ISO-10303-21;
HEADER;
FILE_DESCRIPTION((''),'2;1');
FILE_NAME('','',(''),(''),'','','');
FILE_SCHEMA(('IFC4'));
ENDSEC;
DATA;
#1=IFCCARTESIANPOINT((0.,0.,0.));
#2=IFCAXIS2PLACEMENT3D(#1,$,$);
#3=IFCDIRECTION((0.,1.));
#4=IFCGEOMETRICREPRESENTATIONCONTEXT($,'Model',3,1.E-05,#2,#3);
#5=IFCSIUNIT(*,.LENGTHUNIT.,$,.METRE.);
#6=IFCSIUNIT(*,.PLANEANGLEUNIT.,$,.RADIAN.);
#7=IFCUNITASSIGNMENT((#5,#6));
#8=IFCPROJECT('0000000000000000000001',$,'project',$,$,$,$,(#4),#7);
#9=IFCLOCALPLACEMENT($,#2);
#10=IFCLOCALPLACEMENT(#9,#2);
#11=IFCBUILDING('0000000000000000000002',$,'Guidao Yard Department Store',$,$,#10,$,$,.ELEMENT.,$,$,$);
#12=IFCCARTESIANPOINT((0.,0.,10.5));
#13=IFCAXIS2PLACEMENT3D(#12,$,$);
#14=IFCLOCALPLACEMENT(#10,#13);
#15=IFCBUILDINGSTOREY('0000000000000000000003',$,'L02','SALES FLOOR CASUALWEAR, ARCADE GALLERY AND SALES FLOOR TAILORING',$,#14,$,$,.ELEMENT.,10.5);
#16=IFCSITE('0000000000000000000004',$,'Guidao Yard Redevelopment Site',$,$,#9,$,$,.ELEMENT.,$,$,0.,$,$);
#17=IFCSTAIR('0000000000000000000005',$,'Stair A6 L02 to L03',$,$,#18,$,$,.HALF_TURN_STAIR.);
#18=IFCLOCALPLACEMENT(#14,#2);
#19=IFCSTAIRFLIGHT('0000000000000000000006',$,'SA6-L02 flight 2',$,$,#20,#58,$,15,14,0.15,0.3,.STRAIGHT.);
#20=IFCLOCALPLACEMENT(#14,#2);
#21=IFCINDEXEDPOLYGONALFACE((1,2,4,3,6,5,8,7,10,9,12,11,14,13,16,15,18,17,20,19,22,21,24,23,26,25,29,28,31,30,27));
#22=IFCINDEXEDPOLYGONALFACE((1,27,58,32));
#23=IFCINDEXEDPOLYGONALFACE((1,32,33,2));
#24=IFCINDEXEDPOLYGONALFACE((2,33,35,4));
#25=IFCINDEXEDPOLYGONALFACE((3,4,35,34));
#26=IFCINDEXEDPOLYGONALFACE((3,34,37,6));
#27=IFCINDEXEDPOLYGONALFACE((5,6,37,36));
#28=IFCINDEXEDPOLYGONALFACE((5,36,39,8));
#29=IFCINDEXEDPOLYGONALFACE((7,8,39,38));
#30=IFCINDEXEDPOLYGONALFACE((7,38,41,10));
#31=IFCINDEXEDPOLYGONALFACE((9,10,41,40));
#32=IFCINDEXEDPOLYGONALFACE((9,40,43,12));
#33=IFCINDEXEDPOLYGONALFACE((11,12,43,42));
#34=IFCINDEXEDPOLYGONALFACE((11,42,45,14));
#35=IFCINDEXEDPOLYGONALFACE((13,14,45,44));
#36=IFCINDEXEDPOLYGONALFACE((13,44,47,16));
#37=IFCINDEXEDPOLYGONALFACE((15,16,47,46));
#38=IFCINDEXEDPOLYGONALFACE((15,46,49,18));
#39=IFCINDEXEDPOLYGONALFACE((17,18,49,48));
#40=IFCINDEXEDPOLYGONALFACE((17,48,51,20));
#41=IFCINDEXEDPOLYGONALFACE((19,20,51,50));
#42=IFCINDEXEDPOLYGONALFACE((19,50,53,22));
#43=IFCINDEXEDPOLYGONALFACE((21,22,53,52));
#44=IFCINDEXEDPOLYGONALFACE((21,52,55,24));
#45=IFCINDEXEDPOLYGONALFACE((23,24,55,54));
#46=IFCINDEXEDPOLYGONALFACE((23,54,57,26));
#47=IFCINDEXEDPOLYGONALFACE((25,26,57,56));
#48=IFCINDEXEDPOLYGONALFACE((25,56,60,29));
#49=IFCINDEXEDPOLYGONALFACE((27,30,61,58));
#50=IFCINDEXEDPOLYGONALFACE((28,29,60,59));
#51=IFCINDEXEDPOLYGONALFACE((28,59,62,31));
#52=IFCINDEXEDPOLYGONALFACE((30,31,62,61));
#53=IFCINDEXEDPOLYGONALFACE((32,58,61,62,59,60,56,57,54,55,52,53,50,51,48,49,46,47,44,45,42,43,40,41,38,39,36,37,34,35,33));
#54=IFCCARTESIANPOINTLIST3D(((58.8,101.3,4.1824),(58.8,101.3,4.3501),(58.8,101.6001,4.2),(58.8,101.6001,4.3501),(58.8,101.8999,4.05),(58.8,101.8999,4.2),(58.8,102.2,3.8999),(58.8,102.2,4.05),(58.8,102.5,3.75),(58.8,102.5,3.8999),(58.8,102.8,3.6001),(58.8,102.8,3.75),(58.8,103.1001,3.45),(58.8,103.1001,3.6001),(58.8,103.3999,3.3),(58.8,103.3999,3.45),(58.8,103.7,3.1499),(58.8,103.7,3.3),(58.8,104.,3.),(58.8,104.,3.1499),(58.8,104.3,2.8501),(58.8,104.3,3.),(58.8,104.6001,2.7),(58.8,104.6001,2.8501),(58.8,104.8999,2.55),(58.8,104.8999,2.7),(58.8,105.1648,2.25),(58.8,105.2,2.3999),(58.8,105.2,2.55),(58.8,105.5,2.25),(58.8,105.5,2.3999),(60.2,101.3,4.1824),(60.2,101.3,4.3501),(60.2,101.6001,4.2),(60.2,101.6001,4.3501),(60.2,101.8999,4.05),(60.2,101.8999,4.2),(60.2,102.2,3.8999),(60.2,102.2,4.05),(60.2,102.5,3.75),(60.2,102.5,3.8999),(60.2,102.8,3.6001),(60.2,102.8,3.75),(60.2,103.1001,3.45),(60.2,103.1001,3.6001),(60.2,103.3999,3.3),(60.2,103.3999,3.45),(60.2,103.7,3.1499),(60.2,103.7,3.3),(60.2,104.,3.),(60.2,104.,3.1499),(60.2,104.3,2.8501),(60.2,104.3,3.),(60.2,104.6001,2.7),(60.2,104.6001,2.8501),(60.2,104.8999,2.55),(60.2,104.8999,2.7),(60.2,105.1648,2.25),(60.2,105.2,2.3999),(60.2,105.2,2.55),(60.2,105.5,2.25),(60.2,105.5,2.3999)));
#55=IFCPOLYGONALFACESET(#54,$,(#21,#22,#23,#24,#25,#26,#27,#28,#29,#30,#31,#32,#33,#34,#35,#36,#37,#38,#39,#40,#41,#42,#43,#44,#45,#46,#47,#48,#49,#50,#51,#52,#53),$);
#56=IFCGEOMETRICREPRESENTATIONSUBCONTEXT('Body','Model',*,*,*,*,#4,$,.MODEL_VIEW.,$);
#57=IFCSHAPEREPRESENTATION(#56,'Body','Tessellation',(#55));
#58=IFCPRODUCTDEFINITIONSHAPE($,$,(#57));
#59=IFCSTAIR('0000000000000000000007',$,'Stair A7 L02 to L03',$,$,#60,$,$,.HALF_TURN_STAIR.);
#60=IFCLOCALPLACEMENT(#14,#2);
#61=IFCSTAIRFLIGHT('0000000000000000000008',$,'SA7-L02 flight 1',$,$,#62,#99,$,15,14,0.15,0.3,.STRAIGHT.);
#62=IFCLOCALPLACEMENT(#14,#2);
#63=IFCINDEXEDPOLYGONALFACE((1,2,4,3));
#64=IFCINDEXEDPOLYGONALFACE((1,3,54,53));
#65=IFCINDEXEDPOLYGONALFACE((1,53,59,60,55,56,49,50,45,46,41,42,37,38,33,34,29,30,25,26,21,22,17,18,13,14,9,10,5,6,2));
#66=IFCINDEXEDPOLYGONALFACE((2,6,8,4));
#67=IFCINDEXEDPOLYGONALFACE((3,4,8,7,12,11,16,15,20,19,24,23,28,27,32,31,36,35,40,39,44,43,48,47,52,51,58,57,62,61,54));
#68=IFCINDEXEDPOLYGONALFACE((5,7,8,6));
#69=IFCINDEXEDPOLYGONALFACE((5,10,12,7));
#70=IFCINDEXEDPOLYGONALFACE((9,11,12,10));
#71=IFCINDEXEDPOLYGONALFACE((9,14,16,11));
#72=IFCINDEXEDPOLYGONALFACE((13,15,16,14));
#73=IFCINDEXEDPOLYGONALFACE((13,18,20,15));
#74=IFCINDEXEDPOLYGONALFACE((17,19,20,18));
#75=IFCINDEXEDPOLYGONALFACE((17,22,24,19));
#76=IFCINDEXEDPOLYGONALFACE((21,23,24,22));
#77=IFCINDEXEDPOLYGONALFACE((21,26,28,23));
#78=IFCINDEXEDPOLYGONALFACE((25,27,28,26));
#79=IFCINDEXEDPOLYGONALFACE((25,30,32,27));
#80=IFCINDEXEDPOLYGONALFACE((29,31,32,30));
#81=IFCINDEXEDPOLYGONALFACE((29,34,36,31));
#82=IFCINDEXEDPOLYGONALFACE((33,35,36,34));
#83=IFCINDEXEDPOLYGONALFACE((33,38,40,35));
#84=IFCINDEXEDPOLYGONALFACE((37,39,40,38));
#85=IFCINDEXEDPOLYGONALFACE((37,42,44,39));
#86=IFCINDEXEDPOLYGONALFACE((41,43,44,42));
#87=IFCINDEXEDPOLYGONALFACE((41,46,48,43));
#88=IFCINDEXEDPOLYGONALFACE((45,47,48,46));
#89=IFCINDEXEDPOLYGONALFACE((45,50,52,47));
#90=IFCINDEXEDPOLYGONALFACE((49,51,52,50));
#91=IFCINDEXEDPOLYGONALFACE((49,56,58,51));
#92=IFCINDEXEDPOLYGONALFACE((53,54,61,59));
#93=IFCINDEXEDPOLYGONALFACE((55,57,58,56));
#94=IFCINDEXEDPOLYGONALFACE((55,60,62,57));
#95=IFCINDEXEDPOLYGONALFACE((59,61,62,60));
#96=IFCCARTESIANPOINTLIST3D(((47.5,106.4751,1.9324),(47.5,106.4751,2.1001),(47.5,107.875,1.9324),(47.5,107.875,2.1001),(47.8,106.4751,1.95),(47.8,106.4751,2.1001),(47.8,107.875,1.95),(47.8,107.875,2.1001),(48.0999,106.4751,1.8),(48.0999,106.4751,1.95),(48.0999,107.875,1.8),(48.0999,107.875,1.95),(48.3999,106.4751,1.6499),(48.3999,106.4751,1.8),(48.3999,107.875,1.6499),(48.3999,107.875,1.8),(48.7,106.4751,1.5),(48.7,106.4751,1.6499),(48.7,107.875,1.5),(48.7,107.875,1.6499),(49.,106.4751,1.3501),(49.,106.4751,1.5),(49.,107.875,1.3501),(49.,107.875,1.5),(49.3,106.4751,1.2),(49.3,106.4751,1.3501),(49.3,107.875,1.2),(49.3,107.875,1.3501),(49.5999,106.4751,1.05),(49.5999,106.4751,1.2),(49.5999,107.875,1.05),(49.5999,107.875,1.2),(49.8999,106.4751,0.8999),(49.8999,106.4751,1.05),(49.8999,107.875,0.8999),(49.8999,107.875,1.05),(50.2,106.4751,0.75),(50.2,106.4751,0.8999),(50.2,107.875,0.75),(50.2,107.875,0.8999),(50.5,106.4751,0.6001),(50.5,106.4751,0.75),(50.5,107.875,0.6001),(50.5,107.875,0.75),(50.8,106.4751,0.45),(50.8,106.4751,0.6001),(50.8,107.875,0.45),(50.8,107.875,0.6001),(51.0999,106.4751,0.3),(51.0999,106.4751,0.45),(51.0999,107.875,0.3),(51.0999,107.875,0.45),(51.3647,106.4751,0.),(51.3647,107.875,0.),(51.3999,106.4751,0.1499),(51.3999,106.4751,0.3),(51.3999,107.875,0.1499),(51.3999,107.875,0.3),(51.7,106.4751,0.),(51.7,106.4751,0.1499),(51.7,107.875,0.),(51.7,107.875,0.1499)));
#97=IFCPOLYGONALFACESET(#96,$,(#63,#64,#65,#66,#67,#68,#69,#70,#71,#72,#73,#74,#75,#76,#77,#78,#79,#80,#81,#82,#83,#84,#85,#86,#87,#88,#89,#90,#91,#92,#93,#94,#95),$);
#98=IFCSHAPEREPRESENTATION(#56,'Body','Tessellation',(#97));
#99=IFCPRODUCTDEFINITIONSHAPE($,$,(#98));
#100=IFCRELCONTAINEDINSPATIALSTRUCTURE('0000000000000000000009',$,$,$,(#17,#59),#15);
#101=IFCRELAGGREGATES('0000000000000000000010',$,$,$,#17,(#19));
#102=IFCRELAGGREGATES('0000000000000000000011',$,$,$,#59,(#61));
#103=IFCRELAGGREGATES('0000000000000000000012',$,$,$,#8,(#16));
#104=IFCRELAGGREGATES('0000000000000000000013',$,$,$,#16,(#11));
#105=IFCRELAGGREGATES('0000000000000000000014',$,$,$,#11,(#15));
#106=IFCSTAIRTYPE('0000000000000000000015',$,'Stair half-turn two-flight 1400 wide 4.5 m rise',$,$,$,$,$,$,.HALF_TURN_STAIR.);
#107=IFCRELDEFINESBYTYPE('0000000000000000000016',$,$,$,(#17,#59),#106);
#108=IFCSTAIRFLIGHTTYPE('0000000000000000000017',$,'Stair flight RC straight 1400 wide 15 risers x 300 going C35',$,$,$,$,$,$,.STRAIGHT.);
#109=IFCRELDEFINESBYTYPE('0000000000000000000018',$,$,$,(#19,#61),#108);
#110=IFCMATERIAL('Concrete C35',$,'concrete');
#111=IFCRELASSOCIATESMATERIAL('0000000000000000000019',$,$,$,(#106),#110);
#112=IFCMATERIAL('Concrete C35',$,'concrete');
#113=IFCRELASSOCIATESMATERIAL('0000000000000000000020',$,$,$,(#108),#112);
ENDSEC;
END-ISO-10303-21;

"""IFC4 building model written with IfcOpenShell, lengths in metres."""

from ifc_helpers import new_model, si_unit, direction, frame, origin, place, context, subcontext, project, spatial, polyline, outline, extrude, material, type_object, element, aggregate, save


model = new_model("IFC4")

# Units and contexts
model_context = context("Model", 3, precision=1e-05, world=origin(), true_north=direction((0.0, 1.0)))
body_context = subcontext(model_context, "Body", "Model", "MODEL_VIEW")
ifc_project = project(units=[si_unit("LENGTHUNIT", "METRE"), si_unit("PLANEANGLEUNIT", "RADIAN")], contexts=[model_context])

# Site, building, storey
site_placement = place(None, origin())
site = spatial("IfcSite", under=ifc_project, at=site_placement, Name="Guidao Yard Redevelopment Site", CompositionType="ELEMENT", RefElevation=0.0)
building_placement = place(site_placement, origin())
building = spatial("IfcBuilding", under=site, at=building_placement, Name="Guidao Yard Department Store", CompositionType="ELEMENT")
storey_placement = place(building_placement, frame((0.0, 0.0, 10.5)))
storey = spatial("IfcBuildingStorey", under=building, at=storey_placement, Name="L02", Description="SALES FLOOR CASUALWEAR, ARCADE GALLERY AND SALES FLOOR TAILORING", CompositionType="ELEMENT", Elevation=10.5)

# Stairs, stair flights
ifc_material_1 = material(Name="Concrete C35", Category="concrete")
stair_type = type_object("IfcStairType", Name="Stair half-turn two-flight 1400 wide 4.5 m rise", PredefinedType="HALF_TURN_STAIR", material=ifc_material_1)
stair_1_placement = place(storey_placement, origin())
stair_1 = element("IfcStair", 1, at=stair_1_placement, inside=storey, type_object=stair_type, Name="Stair A6 L02 to L03", PredefinedType="HALF_TURN_STAIR")
ifc_material_2 = material(Name="Concrete C35", Category="concrete")
stair_flight_type = type_object("IfcStairFlightType", Name="Stair flight RC straight 1400 wide 15 risers x 300 going C35", PredefinedType="STRAIGHT", material=ifc_material_2)
stair_flight_1_placement = place(storey_placement, frame((59.5, 105.5, 2.25), z_axis=(0.0, 0.0, 1.0), x_axis=(0.0, -1.0, 0.0)))
stair_flight_1 = element("IfcStairFlight", 2, at=stair_flight_1_placement, type_object=stair_flight_type, Name="SA6-L02 flight 2", NumberOfRisers=15, NumberOfTreads=14, PredefinedType="STRAIGHT", RiserHeight=0.15, TreadLength=0.3, context=body_context, shape_type="SweptSolid", body=[
    extrude(outline(polyline([(0.0, 0.0), (0.0, 0.1499), (0.3, 0.1499), (0.3, 0.3), (0.6001, 0.3), (0.6001, 0.45), (0.8999, 0.45), (0.8999, 0.6001), (1.2, 0.6001), (1.2, 0.75), (1.5, 0.75), (1.5, 0.8999), (1.8, 0.8999), (1.8, 1.05), (2.1001, 1.05), (2.1001, 1.2), (2.3999, 1.2), (2.3999, 1.3501), (2.7, 1.3501), (2.7, 1.5), (3.0, 1.5), (3.0, 1.6499), (3.3, 1.6499), (3.3, 1.8), (3.6001, 1.8), (3.6001, 1.95), (3.8999, 1.95), (3.8999, 2.1001), (4.2, 2.1001), (4.2, 2.25), (4.2, 1.9324), (0.3352, 0.0), (0.0, 0.0)])), frame((0.0, 0.7, 0.0), z_axis=(0.0, -1.0, 0.0), x_axis=(1.0, 0.0, 0.0)), (0.0, 0.0, 1.0), 1.3999),
])
aggregate(stair_1, [stair_flight_1])
stair_2_placement = place(storey_placement, origin())
stair_2 = element("IfcStair", 3, at=stair_2_placement, inside=storey, type_object=stair_type, Name="Stair A7 L02 to L03", PredefinedType="HALF_TURN_STAIR")
stair_flight_2_placement = place(storey_placement, frame((51.7, 107.175, 0.0), z_axis=(0.0, 0.0, 1.0), x_axis=(-1.0, 0.0, 0.0)))
stair_flight_2 = element("IfcStairFlight", 4, at=stair_flight_2_placement, type_object=stair_flight_type, Name="SA7-L02 flight 1", NumberOfRisers=15, NumberOfTreads=14, PredefinedType="STRAIGHT", RiserHeight=0.15, TreadLength=0.3, context=body_context, shape_type="SweptSolid", body=[
    extrude(outline(polyline([(0.0, 0.0), (0.0, 0.1499), (0.3, 0.1499), (0.3, 0.3), (0.6001, 0.3), (0.6001, 0.45), (0.8999, 0.45), (0.8999, 0.6001), (1.2, 0.6001), (1.2, 0.75), (1.5, 0.75), (1.5, 0.8999), (1.8, 0.8999), (1.8, 1.05), (2.1001, 1.05), (2.1001, 1.2), (2.3999, 1.2), (2.3999, 1.3501), (2.7, 1.3501), (2.7, 1.5), (3.0, 1.5), (3.0, 1.6499), (3.3, 1.6499), (3.3, 1.8), (3.6001, 1.8), (3.6001, 1.95), (3.8999, 1.95), (3.8999, 2.1001), (4.2, 2.1001), (4.2, 2.25), (4.2, 1.9324), (0.3352, 0.0), (0.0, 0.0)])), frame((0.0, 0.7, 0.0), z_axis=(0.0, -1.0, 0.0), x_axis=(1.0, 0.0, 0.0)), (0.0, 0.0, 1.0), 1.3999),
])
aggregate(stair_2, [stair_flight_2])

save(model, "model.ifc")
